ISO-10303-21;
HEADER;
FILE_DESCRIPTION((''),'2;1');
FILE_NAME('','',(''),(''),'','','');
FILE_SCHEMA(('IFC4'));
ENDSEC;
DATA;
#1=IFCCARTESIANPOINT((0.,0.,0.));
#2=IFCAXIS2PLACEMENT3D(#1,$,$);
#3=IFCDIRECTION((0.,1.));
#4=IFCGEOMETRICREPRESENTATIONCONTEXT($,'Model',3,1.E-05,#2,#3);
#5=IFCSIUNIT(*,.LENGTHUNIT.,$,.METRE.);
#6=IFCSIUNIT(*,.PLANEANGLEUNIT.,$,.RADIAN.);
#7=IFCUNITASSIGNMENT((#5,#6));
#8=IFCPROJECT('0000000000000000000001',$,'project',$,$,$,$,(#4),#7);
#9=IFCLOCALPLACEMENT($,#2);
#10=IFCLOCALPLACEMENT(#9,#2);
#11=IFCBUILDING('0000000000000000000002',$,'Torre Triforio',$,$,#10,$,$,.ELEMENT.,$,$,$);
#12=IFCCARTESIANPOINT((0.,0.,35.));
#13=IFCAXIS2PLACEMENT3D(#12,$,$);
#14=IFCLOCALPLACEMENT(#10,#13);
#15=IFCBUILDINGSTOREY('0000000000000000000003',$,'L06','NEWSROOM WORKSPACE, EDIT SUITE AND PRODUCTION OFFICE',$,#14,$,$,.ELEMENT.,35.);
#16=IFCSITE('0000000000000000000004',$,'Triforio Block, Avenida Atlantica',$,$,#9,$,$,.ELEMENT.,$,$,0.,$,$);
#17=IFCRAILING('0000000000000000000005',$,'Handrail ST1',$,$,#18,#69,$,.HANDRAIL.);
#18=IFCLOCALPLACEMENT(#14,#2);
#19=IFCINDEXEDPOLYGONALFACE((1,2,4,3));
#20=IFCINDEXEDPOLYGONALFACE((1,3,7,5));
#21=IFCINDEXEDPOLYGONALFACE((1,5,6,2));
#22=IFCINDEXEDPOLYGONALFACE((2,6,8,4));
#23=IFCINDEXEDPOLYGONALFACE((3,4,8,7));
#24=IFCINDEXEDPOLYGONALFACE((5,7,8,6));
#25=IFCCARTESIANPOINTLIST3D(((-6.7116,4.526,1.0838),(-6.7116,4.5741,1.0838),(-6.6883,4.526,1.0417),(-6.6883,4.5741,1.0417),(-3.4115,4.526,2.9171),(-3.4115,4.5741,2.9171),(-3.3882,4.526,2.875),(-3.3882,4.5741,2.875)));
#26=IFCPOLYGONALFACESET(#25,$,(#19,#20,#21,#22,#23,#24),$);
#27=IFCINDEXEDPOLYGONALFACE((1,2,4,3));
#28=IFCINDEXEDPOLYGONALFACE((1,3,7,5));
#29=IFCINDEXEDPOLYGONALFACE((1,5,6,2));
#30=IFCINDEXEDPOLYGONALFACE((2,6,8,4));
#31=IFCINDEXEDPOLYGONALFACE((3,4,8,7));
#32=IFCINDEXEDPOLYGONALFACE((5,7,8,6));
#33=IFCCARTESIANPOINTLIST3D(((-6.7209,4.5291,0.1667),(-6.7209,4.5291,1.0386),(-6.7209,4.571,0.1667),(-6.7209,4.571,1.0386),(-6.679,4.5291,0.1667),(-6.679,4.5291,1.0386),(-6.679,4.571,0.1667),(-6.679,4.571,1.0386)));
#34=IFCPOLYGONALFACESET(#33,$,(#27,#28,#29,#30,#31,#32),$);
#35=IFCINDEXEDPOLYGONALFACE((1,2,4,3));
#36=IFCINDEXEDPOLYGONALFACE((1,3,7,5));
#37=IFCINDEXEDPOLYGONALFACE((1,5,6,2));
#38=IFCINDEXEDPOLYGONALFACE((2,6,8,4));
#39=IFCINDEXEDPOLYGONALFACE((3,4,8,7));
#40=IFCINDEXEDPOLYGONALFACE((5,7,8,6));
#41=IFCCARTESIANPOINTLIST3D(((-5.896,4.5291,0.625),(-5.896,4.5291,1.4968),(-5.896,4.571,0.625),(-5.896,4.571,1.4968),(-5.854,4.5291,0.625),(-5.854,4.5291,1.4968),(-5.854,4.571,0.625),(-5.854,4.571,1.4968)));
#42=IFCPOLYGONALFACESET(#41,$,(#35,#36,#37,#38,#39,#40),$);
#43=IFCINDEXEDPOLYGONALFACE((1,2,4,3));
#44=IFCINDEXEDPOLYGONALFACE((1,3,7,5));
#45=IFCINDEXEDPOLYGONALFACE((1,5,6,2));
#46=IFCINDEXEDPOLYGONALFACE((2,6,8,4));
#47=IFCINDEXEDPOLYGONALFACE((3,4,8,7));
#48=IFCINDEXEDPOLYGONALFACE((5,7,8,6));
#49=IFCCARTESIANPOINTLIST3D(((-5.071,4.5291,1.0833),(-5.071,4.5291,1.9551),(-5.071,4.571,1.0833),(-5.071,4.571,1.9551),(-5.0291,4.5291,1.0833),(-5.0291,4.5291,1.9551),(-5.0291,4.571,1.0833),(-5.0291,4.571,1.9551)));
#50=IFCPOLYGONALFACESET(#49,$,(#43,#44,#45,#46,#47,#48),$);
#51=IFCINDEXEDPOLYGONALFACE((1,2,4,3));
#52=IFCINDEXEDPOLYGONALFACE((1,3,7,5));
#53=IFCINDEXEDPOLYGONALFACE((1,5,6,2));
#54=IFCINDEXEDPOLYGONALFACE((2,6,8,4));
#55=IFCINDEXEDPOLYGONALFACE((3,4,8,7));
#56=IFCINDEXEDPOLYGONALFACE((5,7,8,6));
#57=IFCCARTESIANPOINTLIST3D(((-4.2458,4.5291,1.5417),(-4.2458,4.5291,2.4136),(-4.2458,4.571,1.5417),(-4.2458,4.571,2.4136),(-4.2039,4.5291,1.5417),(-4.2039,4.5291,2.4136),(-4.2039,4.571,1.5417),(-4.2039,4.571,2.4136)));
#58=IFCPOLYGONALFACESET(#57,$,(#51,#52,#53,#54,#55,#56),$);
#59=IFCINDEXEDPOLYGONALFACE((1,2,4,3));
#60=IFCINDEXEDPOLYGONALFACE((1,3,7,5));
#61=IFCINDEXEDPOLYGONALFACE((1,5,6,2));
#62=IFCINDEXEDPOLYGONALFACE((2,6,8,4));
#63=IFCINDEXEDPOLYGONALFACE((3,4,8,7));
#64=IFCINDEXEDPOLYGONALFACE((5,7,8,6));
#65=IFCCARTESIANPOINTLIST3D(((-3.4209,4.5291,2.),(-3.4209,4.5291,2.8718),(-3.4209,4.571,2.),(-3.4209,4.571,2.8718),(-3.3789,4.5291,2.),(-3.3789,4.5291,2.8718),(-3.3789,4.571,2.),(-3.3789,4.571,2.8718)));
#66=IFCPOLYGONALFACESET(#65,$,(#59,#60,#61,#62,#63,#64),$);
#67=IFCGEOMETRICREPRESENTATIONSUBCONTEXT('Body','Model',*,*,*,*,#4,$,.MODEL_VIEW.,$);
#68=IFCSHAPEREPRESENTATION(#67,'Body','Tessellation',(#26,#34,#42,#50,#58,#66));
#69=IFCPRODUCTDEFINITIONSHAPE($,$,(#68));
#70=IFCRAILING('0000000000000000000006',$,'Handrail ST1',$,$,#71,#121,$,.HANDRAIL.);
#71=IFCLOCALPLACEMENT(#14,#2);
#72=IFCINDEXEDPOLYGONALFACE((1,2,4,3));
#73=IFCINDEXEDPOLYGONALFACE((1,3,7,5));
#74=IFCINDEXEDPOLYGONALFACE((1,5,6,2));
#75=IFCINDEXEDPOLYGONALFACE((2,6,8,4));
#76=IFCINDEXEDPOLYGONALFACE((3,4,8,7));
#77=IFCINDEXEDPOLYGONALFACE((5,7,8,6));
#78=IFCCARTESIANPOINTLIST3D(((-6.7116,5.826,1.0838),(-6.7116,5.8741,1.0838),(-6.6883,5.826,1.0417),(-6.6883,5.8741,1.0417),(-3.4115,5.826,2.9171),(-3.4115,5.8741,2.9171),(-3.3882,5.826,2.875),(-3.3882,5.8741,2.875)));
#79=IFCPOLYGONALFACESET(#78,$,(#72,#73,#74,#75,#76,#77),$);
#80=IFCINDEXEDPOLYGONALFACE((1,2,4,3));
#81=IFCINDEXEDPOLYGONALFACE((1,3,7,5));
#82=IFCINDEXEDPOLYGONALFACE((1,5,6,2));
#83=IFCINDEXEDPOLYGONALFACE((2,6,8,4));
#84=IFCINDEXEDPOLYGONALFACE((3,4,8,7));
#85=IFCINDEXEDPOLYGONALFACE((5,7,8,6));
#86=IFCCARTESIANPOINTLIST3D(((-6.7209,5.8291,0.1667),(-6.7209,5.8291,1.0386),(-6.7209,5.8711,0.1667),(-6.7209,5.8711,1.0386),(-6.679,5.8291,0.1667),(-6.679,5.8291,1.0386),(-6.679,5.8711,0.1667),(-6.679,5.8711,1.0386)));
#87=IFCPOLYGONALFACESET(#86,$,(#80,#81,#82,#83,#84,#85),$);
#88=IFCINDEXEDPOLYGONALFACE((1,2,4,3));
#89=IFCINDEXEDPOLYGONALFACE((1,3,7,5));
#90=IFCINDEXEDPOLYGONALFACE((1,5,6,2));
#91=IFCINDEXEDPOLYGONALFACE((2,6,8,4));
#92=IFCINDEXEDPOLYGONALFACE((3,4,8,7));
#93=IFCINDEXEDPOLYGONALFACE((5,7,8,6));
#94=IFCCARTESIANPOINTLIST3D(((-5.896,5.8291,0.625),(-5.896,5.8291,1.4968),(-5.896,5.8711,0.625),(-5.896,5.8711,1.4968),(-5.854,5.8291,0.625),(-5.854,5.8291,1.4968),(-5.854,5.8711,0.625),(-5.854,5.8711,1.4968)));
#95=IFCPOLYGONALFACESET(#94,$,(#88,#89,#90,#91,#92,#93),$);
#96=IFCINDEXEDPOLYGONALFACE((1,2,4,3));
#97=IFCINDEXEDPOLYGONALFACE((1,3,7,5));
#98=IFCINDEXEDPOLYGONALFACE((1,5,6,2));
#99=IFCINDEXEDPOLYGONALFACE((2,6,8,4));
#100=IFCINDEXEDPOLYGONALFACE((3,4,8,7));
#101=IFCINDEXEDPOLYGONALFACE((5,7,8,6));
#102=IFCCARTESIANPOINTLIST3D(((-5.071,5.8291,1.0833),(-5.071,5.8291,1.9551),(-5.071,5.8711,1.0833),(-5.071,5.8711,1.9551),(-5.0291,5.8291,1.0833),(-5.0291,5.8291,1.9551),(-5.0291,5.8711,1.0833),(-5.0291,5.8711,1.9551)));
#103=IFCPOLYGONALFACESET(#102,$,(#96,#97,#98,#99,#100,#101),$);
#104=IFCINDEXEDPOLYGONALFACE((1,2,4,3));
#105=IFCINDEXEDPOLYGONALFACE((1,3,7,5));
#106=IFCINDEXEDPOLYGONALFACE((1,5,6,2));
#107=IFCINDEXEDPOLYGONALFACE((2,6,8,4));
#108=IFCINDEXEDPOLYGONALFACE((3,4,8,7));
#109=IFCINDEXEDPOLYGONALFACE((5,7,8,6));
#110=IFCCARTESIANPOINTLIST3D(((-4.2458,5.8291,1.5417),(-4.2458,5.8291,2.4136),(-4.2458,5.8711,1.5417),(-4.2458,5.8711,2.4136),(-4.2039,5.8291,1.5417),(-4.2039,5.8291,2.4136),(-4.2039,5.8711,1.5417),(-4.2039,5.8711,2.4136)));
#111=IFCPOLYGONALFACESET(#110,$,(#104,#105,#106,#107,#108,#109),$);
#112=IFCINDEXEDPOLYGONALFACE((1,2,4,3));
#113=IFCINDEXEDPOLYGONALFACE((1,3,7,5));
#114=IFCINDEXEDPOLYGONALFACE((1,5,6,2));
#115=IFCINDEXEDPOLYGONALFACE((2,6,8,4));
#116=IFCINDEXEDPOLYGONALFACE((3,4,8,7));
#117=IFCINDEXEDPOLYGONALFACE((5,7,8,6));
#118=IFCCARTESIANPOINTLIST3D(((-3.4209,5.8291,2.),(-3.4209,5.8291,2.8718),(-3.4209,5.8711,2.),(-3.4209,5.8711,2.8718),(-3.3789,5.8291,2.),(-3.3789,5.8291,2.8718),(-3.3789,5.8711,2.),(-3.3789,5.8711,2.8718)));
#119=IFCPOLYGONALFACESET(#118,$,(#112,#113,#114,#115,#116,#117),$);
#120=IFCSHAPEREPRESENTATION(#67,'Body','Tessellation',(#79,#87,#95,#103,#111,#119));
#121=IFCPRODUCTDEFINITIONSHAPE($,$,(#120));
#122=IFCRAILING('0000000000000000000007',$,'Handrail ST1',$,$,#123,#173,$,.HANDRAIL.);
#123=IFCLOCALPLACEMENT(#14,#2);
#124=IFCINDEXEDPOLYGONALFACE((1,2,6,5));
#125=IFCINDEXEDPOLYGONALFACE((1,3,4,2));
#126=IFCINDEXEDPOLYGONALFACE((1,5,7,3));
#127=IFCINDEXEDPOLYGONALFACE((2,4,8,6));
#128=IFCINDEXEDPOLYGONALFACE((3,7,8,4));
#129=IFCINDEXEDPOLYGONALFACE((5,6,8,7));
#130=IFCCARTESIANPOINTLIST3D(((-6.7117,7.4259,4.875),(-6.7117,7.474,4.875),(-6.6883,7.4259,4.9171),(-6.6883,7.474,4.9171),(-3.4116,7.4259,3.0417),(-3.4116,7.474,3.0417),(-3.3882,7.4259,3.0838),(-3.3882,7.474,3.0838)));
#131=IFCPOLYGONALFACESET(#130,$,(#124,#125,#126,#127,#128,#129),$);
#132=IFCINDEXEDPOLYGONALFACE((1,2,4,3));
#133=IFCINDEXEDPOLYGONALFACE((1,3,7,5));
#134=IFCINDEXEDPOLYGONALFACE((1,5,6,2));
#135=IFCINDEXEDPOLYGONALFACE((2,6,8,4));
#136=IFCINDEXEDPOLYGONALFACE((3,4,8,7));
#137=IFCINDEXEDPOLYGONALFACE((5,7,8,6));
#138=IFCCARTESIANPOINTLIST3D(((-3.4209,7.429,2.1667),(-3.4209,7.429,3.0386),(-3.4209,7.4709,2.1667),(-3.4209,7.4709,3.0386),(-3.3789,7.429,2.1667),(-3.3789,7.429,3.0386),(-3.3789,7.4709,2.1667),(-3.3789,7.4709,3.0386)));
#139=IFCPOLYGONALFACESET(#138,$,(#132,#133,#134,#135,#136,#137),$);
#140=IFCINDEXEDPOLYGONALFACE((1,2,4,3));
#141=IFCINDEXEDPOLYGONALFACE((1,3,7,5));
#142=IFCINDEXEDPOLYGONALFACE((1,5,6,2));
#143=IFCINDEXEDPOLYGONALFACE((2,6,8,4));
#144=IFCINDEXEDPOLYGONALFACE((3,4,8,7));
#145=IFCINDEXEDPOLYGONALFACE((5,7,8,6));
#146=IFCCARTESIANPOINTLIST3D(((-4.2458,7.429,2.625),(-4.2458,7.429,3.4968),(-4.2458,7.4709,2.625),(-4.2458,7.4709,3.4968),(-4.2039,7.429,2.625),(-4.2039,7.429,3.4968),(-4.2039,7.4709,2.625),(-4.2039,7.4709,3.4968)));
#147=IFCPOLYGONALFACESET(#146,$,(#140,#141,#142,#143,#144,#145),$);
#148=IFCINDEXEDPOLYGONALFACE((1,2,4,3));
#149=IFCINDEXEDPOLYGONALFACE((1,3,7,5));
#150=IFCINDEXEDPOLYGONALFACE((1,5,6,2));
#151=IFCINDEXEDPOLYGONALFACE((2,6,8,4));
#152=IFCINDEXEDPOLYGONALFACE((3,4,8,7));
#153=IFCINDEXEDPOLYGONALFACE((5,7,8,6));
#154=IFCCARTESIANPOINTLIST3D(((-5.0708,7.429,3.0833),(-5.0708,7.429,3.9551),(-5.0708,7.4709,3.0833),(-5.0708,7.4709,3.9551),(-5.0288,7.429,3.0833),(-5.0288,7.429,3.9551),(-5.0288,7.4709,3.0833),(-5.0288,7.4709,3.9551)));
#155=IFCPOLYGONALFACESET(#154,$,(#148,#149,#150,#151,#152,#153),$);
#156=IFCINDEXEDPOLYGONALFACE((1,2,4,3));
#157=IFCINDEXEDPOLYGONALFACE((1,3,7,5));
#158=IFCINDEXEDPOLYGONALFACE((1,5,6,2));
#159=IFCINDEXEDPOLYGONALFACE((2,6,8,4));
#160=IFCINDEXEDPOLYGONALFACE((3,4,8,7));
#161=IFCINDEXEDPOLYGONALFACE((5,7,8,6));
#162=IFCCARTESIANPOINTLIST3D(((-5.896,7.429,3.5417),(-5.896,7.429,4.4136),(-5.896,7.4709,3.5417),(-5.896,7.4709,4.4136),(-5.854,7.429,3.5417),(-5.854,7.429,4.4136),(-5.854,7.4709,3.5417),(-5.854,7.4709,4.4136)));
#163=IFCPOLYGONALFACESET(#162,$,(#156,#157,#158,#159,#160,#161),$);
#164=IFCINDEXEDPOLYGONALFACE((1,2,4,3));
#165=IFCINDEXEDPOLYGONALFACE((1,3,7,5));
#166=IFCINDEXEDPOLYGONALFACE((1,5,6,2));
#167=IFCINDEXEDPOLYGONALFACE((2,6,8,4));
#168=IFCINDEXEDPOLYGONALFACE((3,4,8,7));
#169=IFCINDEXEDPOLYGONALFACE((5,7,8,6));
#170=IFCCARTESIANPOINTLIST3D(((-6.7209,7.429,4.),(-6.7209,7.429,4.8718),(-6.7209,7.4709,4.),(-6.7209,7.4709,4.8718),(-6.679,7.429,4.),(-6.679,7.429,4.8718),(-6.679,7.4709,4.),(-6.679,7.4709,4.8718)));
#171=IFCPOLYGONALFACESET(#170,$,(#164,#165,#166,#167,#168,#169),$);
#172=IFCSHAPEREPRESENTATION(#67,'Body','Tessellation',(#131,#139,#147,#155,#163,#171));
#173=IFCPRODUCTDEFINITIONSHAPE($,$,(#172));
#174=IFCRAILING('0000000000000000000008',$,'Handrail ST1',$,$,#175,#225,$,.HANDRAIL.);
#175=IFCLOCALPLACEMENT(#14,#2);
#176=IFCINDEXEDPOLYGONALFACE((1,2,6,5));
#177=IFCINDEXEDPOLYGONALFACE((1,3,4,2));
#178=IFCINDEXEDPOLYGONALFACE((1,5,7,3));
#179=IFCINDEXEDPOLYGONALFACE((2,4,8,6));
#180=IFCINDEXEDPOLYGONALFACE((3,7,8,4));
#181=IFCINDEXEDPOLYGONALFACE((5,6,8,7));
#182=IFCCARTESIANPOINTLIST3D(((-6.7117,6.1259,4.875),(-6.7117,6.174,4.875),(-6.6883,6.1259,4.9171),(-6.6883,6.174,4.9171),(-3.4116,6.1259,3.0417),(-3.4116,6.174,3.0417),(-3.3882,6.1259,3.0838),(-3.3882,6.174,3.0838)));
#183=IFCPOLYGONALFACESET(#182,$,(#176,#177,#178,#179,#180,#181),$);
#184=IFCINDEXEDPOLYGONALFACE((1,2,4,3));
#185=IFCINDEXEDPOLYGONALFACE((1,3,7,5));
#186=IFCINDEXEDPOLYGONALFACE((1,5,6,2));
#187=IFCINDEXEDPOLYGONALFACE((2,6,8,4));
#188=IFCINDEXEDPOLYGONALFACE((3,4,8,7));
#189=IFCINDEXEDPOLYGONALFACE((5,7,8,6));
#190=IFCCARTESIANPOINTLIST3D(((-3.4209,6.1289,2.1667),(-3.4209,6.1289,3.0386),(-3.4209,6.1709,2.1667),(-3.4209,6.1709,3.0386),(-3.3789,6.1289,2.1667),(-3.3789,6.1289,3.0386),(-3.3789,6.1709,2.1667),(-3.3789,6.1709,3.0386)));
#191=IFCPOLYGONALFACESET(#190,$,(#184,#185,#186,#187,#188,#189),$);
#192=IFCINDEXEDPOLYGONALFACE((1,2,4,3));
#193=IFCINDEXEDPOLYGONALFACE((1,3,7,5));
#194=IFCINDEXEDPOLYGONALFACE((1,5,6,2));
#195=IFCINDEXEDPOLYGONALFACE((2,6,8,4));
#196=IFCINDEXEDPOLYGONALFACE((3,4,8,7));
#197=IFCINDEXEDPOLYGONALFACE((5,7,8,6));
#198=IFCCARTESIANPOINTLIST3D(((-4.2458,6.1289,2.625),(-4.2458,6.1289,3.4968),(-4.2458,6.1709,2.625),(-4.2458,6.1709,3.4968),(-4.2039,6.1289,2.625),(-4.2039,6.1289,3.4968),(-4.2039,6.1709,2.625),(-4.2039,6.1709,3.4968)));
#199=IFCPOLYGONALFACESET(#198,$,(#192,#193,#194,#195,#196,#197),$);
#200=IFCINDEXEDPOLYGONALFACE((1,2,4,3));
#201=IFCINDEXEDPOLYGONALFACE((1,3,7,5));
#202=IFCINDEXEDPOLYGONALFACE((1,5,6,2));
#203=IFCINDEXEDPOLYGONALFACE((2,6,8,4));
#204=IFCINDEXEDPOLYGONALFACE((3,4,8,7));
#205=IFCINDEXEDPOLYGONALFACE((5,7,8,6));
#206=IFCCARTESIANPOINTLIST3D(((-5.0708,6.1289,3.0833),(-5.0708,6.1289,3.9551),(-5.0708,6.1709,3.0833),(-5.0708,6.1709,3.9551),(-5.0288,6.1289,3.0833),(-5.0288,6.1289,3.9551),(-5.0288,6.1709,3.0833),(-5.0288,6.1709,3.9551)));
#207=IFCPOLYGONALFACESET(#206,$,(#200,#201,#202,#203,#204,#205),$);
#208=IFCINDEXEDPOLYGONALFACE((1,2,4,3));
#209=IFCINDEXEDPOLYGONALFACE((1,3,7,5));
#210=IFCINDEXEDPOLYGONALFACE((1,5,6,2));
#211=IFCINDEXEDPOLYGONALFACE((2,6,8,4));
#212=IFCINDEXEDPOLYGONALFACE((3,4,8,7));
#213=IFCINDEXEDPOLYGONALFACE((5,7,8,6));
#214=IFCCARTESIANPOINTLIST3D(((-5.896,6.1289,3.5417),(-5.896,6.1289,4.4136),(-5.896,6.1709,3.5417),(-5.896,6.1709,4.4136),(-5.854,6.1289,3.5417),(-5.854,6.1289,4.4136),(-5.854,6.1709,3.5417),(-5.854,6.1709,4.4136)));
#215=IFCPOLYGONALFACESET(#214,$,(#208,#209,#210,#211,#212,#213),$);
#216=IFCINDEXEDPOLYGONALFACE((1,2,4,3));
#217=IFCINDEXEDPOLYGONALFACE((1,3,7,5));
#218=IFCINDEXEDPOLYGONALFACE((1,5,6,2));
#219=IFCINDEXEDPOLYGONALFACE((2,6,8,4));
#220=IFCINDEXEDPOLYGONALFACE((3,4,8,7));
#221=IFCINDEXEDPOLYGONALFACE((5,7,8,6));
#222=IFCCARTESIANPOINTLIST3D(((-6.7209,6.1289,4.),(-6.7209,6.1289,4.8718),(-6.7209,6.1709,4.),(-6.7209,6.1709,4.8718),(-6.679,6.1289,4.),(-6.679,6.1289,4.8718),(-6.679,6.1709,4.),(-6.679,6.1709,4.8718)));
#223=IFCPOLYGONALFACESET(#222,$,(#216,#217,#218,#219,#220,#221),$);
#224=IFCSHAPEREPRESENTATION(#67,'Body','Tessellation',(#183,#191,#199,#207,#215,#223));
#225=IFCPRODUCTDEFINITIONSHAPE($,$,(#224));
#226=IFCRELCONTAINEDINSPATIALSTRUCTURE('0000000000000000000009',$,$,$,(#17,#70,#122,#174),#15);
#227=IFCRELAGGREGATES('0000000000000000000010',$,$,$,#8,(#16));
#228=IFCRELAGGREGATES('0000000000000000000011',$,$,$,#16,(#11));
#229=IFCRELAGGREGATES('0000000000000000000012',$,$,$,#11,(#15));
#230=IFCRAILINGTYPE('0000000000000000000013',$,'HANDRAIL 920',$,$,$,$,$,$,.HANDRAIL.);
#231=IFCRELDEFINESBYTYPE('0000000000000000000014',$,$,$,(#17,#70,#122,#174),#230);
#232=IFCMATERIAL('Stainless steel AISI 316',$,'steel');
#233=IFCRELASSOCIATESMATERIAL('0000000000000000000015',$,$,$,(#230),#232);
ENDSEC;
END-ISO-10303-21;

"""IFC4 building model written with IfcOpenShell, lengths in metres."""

from ifc_helpers import new_model, si_unit, direction, frame, origin, origin_2d, place, context, subcontext, project, spatial, rectangle, extrude, material, type_object, element, save


model = new_model("IFC4")

# Units and contexts
model_context = context("Model", 3, precision=1e-05, world=origin(), true_north=direction((0.0, 1.0)))
body_context = subcontext(model_context, "Body", "Model", "MODEL_VIEW")
ifc_project = project(units=[si_unit("LENGTHUNIT", "METRE"), si_unit("PLANEANGLEUNIT", "RADIAN")], contexts=[model_context])

# Site, building, storey
site_placement = place(None, origin())
site = spatial("IfcSite", under=ifc_project, at=site_placement, Name="Triforio Block, Avenida Atlantica", CompositionType="ELEMENT", RefElevation=0.0)
building_placement = place(site_placement, origin())
building = spatial("IfcBuilding", under=site, at=building_placement, Name="Torre Triforio", CompositionType="ELEMENT")
storey_placement = place(building_placement, frame((0.0, 0.0, 35.0)))
storey = spatial("IfcBuildingStorey", under=building, at=storey_placement, Name="L06", Description="NEWSROOM WORKSPACE, EDIT SUITE AND PRODUCTION OFFICE", CompositionType="ELEMENT", Elevation=35.0)

# Railings
ifc_material_1 = material(Name="Stainless steel AISI 316", Category="steel")
railing_type = type_object("IfcRailingType", Name="HANDRAIL 920", PredefinedType="HANDRAIL", material=ifc_material_1)
for number, where, name in (
    (1, (-6.7, 4.55, 0.1667), "Handrail ST1"),
    (2, (-6.7, 5.8501, 0.1667), "Handrail ST1"),
):
    element("IfcRailing", number, at=place(storey_placement, frame(where)), inside=storey, type_object=railing_type, Name=name, PredefinedType="HANDRAIL", context=body_context, shape_type="SweptSolid", body=[
        extrude(rectangle(XDim=0.0481, YDim=0.0481, at=origin_2d()), frame((0.0, 0.0, 0.896), z_axis=(0.874169, 0.0, 0.485621), x_axis=(0.0, 1.0, 0.0)), (0.0, 0.0, 1.0), 3.7751),
        extrude(rectangle(XDim=0.042, YDim=0.042, at=origin_2d()), origin(), (0.0, 0.0, 1.0), 0.8718),
        extrude(rectangle(XDim=0.042, YDim=0.042, at=origin_2d()), frame((0.825, 0.0, 0.4583)), (0.0, 0.0, 1.0), 0.8718),
        extrude(rectangle(XDim=0.042, YDim=0.042, at=origin_2d()), frame((1.6499, 0.0, 0.9165)), (0.0, 0.0, 1.0), 0.8718),
        extrude(rectangle(XDim=0.042, YDim=0.042, at=origin_2d()), frame((2.4751, 0.0, 1.375)), (0.0, 0.0, 1.0), 0.8718),
        extrude(rectangle(XDim=0.042, YDim=0.042, at=origin_2d()), frame((3.3, 0.0, 1.8333)), (0.0, 0.0, 1.0), 0.8718),
    ])
for number, where, name in (
    (3, (-3.3999, 7.45, 2.1667), "Handrail ST1"),
    (4, (-3.3999, 6.1499, 2.1667), "Handrail ST1"),
):
    element("IfcRailing", number, at=place(storey_placement, frame(where)), inside=storey, type_object=railing_type, Name=name, PredefinedType="HANDRAIL", context=body_context, shape_type="SweptSolid", body=[
        extrude(rectangle(XDim=0.0481, YDim=0.0481, at=origin_2d()), frame((0.0, 0.0, 0.896), z_axis=(-0.874169, 0.0, 0.485621), x_axis=(0.0, -1.0, 0.0)), (0.0, 0.0, 1.0), 3.7751),
        extrude(rectangle(XDim=0.042, YDim=0.042, at=origin_2d()), origin(), (0.0, 0.0, 1.0), 0.8718),
        extrude(rectangle(XDim=0.042, YDim=0.042, at=origin_2d()), frame((-0.825, 0.0, 0.4583)), (0.0, 0.0, 1.0), 0.8718),
        extrude(rectangle(XDim=0.042, YDim=0.042, at=origin_2d()), frame((-1.6499, 0.0, 0.9165)), (0.0, 0.0, 1.0), 0.8718),
        extrude(rectangle(XDim=0.042, YDim=0.042, at=origin_2d()), frame((-2.4751, 0.0, 1.375)), (0.0, 0.0, 1.0), 0.8718),
        extrude(rectangle(XDim=0.042, YDim=0.042, at=origin_2d()), frame((-3.3, 0.0, 1.8333)), (0.0, 0.0, 1.0), 0.8718),
    ])

save(model, "model.ifc")
